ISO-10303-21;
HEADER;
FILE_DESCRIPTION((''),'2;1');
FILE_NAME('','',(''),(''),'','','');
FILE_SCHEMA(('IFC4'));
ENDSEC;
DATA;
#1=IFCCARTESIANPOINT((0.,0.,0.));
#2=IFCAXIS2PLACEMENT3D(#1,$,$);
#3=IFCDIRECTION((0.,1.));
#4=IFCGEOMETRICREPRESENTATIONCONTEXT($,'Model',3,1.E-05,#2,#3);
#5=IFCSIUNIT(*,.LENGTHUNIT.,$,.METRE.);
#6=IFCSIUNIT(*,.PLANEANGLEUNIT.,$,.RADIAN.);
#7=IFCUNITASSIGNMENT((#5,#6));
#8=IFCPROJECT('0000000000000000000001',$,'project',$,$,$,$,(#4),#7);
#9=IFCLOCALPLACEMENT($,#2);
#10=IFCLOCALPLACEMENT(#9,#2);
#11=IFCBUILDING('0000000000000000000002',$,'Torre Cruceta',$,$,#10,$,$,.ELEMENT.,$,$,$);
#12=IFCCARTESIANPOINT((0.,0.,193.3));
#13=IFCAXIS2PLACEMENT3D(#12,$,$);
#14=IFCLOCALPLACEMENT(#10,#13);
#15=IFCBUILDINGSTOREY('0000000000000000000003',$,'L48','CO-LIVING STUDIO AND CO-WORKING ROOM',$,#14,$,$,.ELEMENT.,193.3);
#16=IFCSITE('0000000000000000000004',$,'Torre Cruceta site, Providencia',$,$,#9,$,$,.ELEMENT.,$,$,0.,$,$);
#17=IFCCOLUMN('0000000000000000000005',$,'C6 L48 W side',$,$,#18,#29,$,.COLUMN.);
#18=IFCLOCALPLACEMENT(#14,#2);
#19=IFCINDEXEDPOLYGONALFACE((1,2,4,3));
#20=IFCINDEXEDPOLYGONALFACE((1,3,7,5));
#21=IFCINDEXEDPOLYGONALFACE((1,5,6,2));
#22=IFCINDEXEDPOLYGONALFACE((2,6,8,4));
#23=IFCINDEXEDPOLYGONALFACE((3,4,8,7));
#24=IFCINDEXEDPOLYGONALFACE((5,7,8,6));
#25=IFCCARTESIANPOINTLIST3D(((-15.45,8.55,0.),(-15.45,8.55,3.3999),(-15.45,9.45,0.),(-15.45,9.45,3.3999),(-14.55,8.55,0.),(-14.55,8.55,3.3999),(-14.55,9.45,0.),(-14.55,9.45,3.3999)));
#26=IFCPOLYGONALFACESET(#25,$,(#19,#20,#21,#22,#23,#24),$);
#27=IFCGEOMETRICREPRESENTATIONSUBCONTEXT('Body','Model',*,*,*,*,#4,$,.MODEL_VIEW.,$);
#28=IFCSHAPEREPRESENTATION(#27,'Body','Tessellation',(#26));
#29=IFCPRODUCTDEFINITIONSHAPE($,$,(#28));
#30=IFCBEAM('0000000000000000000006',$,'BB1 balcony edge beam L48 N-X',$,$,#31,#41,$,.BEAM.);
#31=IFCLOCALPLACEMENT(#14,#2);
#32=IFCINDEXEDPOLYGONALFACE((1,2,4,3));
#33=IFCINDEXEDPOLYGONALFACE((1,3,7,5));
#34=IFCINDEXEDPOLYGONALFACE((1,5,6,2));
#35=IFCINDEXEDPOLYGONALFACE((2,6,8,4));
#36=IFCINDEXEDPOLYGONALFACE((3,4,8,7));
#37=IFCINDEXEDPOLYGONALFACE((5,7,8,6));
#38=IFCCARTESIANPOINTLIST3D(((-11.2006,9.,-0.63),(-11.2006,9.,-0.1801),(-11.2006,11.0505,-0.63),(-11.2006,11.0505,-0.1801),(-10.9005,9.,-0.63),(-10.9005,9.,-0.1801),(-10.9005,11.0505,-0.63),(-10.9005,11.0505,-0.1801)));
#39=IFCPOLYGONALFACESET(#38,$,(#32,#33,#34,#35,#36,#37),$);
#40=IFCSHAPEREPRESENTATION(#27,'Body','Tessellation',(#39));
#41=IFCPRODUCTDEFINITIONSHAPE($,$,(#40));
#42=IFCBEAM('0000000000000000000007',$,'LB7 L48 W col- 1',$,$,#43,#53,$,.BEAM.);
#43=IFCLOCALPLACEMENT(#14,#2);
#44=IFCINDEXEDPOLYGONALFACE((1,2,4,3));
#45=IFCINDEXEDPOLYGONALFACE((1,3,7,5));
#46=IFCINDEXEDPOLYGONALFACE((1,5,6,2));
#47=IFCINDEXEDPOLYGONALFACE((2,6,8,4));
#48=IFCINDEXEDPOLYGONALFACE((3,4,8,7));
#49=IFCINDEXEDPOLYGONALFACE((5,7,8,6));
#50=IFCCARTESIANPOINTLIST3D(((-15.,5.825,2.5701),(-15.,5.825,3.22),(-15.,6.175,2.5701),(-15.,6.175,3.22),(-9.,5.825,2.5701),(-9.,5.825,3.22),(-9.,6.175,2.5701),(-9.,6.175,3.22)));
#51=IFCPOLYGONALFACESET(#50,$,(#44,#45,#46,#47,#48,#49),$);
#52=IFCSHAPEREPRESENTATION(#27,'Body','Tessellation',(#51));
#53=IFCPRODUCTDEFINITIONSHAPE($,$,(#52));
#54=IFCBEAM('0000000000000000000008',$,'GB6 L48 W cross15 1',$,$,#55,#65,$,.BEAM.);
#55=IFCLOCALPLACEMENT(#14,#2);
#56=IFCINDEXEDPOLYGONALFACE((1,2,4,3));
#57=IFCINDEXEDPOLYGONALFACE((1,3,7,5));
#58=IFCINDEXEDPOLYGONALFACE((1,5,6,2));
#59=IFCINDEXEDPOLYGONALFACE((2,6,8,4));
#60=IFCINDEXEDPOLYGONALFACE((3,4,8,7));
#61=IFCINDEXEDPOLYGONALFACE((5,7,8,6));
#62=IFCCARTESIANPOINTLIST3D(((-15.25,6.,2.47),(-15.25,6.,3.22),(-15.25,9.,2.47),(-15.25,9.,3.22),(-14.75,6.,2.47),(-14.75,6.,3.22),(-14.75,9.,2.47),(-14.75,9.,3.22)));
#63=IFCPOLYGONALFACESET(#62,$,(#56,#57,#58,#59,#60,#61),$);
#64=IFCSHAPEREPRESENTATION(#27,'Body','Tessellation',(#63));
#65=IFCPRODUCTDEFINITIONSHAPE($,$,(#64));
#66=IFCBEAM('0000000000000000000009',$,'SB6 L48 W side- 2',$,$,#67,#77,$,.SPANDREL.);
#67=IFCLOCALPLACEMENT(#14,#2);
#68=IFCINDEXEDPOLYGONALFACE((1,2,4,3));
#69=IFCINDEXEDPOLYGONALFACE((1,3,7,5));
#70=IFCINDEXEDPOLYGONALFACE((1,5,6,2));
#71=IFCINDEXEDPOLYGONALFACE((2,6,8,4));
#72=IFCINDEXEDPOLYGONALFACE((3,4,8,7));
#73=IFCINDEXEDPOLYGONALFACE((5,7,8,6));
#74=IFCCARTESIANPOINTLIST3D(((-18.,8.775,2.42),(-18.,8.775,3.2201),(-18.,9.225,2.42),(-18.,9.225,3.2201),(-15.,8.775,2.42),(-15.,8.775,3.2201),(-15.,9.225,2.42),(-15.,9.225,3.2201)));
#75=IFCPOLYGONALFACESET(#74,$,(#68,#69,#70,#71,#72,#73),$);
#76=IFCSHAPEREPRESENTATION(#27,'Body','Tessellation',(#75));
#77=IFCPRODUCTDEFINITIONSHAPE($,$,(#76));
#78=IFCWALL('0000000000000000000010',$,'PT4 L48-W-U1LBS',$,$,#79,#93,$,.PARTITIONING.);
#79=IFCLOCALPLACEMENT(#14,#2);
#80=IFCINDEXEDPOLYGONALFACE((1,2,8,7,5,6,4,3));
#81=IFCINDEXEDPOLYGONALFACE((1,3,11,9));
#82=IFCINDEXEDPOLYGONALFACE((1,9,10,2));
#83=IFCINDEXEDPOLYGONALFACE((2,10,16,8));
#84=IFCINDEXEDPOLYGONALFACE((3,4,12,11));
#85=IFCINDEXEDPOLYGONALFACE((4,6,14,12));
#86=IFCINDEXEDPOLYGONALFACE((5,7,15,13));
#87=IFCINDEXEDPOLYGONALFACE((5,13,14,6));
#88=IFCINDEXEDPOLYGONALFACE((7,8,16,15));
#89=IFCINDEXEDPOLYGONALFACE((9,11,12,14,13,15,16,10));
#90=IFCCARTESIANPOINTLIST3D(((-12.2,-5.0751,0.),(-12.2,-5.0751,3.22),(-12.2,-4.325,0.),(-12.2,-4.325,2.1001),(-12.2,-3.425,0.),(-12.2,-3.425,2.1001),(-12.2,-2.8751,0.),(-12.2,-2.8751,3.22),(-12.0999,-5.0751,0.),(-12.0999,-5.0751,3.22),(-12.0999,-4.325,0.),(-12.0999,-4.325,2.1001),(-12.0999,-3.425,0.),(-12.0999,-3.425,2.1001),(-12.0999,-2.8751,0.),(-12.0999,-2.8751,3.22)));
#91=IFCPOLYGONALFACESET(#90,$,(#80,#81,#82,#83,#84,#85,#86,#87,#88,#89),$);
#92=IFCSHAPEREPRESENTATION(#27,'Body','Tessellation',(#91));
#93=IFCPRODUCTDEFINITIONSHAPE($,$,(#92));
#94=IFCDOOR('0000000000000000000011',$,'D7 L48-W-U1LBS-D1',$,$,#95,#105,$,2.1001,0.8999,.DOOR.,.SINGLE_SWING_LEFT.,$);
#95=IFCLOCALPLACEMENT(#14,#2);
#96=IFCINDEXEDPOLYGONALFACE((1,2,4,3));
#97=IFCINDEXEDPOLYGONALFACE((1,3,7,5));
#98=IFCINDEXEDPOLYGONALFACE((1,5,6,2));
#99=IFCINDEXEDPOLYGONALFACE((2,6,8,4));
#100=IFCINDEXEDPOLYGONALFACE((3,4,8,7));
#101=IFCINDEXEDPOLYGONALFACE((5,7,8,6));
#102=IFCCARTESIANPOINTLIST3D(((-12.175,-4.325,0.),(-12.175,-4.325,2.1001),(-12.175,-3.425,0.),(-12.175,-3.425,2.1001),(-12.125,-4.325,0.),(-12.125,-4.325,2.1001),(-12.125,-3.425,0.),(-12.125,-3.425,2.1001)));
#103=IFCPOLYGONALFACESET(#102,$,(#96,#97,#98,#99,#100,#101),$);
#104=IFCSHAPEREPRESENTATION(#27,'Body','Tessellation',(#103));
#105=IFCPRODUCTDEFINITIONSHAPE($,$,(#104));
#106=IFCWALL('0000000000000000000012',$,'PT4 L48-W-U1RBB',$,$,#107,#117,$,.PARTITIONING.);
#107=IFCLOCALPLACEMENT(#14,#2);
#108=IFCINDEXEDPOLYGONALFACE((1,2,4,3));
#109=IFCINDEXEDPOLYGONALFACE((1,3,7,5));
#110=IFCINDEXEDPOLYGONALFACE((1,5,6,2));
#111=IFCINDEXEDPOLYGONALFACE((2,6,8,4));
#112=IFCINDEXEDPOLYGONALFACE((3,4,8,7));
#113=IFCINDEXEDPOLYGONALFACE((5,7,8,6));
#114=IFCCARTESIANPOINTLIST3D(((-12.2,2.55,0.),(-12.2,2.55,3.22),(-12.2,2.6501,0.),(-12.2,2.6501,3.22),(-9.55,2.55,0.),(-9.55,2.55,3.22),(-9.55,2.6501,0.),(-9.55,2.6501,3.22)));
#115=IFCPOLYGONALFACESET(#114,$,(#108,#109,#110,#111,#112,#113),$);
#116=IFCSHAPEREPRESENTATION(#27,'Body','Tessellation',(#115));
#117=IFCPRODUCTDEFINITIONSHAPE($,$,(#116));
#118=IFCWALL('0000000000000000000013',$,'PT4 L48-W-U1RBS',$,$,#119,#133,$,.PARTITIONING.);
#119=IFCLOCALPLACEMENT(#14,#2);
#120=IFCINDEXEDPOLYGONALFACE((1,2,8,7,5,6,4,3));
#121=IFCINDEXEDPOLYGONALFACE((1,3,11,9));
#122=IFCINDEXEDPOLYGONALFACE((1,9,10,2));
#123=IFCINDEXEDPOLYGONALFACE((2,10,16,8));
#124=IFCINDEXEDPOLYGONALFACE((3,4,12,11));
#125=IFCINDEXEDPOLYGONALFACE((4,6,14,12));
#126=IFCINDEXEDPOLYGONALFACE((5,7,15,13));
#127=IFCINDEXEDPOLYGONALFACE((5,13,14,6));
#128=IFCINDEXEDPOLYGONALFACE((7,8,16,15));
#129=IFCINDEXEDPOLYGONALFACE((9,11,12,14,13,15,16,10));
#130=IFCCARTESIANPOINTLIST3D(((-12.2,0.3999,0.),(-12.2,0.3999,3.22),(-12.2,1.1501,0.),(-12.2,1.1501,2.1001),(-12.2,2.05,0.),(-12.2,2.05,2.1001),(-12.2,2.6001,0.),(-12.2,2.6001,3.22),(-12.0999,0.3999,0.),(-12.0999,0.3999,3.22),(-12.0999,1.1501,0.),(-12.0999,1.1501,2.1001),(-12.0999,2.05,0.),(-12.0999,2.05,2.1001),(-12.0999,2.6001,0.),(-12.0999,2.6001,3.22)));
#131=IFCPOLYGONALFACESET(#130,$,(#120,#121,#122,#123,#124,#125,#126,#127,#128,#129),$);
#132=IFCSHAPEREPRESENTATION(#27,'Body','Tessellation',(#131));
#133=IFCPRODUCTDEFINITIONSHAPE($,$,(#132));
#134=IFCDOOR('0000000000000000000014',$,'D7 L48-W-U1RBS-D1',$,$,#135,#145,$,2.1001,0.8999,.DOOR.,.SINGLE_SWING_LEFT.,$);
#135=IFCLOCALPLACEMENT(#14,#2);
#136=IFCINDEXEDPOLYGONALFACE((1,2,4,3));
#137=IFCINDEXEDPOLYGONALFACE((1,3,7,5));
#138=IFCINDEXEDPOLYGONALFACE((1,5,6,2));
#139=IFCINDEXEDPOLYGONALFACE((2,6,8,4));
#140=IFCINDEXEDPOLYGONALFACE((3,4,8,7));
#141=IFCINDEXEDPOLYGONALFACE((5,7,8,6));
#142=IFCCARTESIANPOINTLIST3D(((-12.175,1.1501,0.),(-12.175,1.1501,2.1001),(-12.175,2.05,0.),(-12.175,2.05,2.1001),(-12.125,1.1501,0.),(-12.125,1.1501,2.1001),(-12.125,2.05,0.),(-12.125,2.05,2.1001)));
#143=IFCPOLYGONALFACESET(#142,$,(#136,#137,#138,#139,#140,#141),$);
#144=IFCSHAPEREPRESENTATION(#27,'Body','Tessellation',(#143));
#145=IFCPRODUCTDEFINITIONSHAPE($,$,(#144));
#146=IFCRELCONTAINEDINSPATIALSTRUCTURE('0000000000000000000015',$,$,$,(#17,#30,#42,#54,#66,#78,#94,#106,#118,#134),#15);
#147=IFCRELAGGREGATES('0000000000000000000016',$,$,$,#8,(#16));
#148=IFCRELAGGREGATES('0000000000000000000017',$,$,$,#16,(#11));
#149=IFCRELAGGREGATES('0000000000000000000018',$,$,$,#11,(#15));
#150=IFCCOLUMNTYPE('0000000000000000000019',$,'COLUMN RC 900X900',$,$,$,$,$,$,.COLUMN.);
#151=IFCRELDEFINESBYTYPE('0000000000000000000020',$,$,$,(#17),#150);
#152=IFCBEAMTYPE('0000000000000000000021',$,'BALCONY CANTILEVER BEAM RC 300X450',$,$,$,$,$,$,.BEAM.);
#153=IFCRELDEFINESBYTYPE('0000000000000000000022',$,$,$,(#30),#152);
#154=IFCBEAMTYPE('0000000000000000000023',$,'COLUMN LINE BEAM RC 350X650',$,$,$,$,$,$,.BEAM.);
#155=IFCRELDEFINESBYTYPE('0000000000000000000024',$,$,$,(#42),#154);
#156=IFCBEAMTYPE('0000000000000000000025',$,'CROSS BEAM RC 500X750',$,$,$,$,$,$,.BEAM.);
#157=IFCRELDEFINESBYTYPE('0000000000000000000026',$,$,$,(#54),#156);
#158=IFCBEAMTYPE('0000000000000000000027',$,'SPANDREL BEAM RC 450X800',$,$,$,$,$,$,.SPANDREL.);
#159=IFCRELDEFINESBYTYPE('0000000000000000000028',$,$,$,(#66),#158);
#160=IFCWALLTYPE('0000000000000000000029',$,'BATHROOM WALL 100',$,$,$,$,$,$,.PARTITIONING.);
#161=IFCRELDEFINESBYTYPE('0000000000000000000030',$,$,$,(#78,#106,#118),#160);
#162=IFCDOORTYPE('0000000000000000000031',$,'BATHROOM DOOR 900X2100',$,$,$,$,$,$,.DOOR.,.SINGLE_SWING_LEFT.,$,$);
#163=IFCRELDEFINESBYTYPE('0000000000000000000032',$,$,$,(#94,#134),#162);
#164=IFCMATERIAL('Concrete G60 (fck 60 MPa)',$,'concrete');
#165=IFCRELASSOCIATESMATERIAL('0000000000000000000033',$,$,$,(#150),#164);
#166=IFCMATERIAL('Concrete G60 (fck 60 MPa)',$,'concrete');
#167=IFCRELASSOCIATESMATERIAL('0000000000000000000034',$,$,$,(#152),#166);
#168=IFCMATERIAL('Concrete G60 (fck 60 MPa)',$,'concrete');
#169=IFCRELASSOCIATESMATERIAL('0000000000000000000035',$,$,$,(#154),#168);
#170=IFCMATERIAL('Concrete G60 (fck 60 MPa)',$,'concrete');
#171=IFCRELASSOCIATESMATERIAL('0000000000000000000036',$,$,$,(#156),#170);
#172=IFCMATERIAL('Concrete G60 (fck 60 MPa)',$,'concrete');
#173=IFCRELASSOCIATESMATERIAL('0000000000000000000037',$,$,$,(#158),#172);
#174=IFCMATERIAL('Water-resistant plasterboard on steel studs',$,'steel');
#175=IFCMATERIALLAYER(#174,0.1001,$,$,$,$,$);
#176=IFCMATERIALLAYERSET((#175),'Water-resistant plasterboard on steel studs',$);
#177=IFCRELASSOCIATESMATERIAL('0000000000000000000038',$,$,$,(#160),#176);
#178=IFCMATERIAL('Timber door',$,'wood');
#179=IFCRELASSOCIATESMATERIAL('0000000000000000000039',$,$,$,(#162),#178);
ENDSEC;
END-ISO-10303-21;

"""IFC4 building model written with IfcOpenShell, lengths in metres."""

from ifc_helpers import new_model, si_unit, direction, frame, frame_2d, origin, origin_2d, place, context, subcontext, project, spatial, rectangle, extrude, material, layer, layer_set, material_profile, profile_set, type_object, element, fill, save


model = new_model("IFC4")

# Units and contexts
model_context = context("Model", 3, precision=1e-05, world=origin(), true_north=direction((0.0, 1.0)))
body_context = subcontext(model_context, "Body", "Model", "MODEL_VIEW")
ifc_project = project(units=[si_unit("LENGTHUNIT", "METRE"), si_unit("PLANEANGLEUNIT", "RADIAN")], contexts=[model_context])

# Site, building, storey
site_placement = place(None, origin())
site = spatial("IfcSite", under=ifc_project, at=site_placement, Name="Torre Cruceta site, Providencia", CompositionType="ELEMENT", RefElevation=0.0)
building_placement = place(site_placement, origin())
building = spatial("IfcBuilding", under=site, at=building_placement, Name="Torre Cruceta", CompositionType="ELEMENT")
storey_placement = place(building_placement, frame((0.0, 0.0, 193.3)))
storey = spatial("IfcBuildingStorey", under=building, at=storey_placement, Name="L48", Description="CO-LIVING STUDIO AND CO-WORKING ROOM", CompositionType="ELEMENT", Elevation=193.3)

# Column
ifc_material_1 = material(Name="Concrete G60 (fck 60 MPa)", Category="concrete")
ifc_material_profile_1 = material_profile(ifc_material_1, rectangle(XDim=0.8999, YDim=0.8999, at=origin_2d()), Name="RC 900X900")
ifc_profile_set_1 = profile_set([ifc_material_profile_1], Name="Concrete G60 (fck 60 MPa)")
column_type = type_object("IfcColumnType", Name="COLUMN RC 900X900", PredefinedType="COLUMN", material=ifc_profile_set_1)
column_placement = place(storey_placement, frame((-15.0, 9.0, 0.0), z_axis=(0.0, 0.0, 1.0), x_axis=(1.0, 0.0, 0.0)))
element("IfcColumn", 1, at=column_placement, inside=storey, type_object=column_type, Name="C6 L48 W side", PredefinedType="COLUMN", context=body_context, shape_type="SweptSolid", body=[
    extrude(rectangle(XDim=0.8999, YDim=0.8999, at=origin_2d()), origin(), (0.0, 0.0, 1.0), 3.3999),
])

# Beams
ifc_material_2 = material(Name="Concrete G60 (fck 60 MPa)", Category="concrete")
ifc_material_profile_2 = material_profile(ifc_material_2, rectangle(XDim=0.3, YDim=0.45, at=origin_2d()), Name="RC 300X450")
ifc_profile_set_2 = profile_set([ifc_material_profile_2], Name="Concrete G60 (fck 60 MPa)")
beam_type_1 = type_object("IfcBeamType", Name="BALCONY CANTILEVER BEAM RC 300X450", PredefinedType="BEAM", material=ifc_profile_set_2)
beam_1_placement = place(storey_placement, frame((-11.0505, 9.0, -0.405), z_axis=(0.0, 1.0, 0.0), x_axis=(-1.0, 0.0, 0.0)))
element("IfcBeam", 2, at=beam_1_placement, inside=storey, type_object=beam_type_1, Name="BB1 balcony edge beam L48 N-X", PredefinedType="BEAM", context=body_context, shape_type="SweptSolid", body=[
    extrude(rectangle(XDim=0.3, YDim=0.45, at=origin_2d()), origin(), (0.0, 0.0, 1.0), 2.0505),
])
ifc_material_3 = material(Name="Concrete G60 (fck 60 MPa)", Category="concrete")
ifc_material_profile_3 = material_profile(ifc_material_3, rectangle(XDim=0.3501, YDim=0.6499, at=origin_2d()), Name="RC 350X650")
ifc_profile_set_3 = profile_set([ifc_material_profile_3], Name="Concrete G60 (fck 60 MPa)")
beam_type_2 = type_object("IfcBeamType", Name="COLUMN LINE BEAM RC 350X650", PredefinedType="BEAM", material=ifc_profile_set_3)
beam_2_placement = place(storey_placement, frame((-9.0, 6.0, 2.895), z_axis=(-1.0, 0.0, 0.0), x_axis=(0.0, -1.0, 0.0)))
element("IfcBeam", 3, at=beam_2_placement, inside=storey, type_object=beam_type_2, Name="LB7 L48 W col- 1", PredefinedType="BEAM", context=body_context, shape_type="SweptSolid", body=[
    extrude(rectangle(XDim=0.3501, YDim=0.6499, at=origin_2d()), origin(), (0.0, 0.0, 1.0), 6.0),
])
ifc_material_4 = material(Name="Concrete G60 (fck 60 MPa)", Category="concrete")
ifc_material_profile_4 = material_profile(ifc_material_4, rectangle(XDim=0.5, YDim=0.75, at=origin_2d()), Name="RC 500X750")
ifc_profile_set_4 = profile_set([ifc_material_profile_4], Name="Concrete G60 (fck 60 MPa)")
beam_type_3 = type_object("IfcBeamType", Name="CROSS BEAM RC 500X750", PredefinedType="BEAM", material=ifc_profile_set_4)
beam_3_placement = place(storey_placement, frame((-15.0, 9.0, 2.845), z_axis=(0.0, -1.0, 0.0), x_axis=(1.0, 0.0, 0.0)))
element("IfcBeam", 4, at=beam_3_placement, inside=storey, type_object=beam_type_3, Name="GB6 L48 W cross15 1", PredefinedType="BEAM", context=body_context, shape_type="SweptSolid", body=[
    extrude(rectangle(XDim=0.5, YDim=0.75, at=origin_2d()), origin(), (0.0, 0.0, 1.0), 3.0),
])
ifc_material_5 = material(Name="Concrete G60 (fck 60 MPa)", Category="concrete")
ifc_material_profile_5 = material_profile(ifc_material_5, rectangle(XDim=0.45, YDim=0.8, at=origin_2d()), Name="RC 450X800")
ifc_profile_set_5 = profile_set([ifc_material_profile_5], Name="Concrete G60 (fck 60 MPa)")
beam_type_4 = type_object("IfcBeamType", Name="SPANDREL BEAM RC 450X800", PredefinedType="SPANDREL", material=ifc_profile_set_5)
beam_4_placement = place(storey_placement, frame((-15.0, 9.0, 2.8201), z_axis=(-1.0, 0.0, 0.0), x_axis=(0.0, -1.0, 0.0)))
element("IfcBeam", 5, at=beam_4_placement, inside=storey, type_object=beam_type_4, Name="SB6 L48 W side- 2", PredefinedType="SPANDREL", context=body_context, shape_type="SweptSolid", body=[
    extrude(rectangle(XDim=0.45, YDim=0.8, at=origin_2d()), origin(), (0.0, 0.0, 1.0), 3.0),
])

# Wall, opening, door
ifc_material_6 = material(Name="Water-resistant plasterboard on steel studs", Category="steel")
ifc_layer_1 = layer(ifc_material_6, 0.1001)
ifc_layer_set_1 = layer_set([ifc_layer_1], Name="Water-resistant plasterboard on steel studs")
wall_type_1 = type_object("IfcWallType", Name="BATHROOM WALL 100", PredefinedType="PARTITIONING", material=ifc_layer_set_1)
wall_1_placement = place(storey_placement, frame((-12.1499, -2.875, 0.0), z_axis=(0.0, 0.0, 1.0), x_axis=(0.0, -1.0, 0.0)))
wall_1 = element("IfcWall", 6, at=wall_1_placement, inside=storey, type_object=wall_type_1, Name="PT4 L48-W-U1LBS", PredefinedType="PARTITIONING", context=body_context, shape_type="SweptSolid", body=[
    extrude(rectangle(XDim=2.2, YDim=0.1001, at=frame_2d((1.1001, 0.0))), origin(), (0.0, 0.0, 1.0), 3.22),
])
opening_1_placement = place(wall_1_placement, frame((0.55, 0.0, 0.0)))
opening_1 = element("IfcOpeningElement", 7, at=opening_1_placement, cuts=wall_1, PredefinedType="OPENING", context=body_context, shape_type="SweptSolid", body=[
    extrude(rectangle(XDim=0.8999, YDim=2.1001, at=frame_2d((0.45, 1.05))), frame((0.0, 0.0601, 0.0), z_axis=(0.0, -1.0, 0.0), x_axis=(1.0, 0.0, 0.0)), (0.0, 0.0, 1.0), 0.1201),
])
ifc_material_7 = material(Name="Timber door", Category="wood")
door_type_1 = type_object("IfcDoorType", Name="BATHROOM DOOR 900X2100", OperationType="SINGLE_SWING_LEFT", PredefinedType="DOOR", material=ifc_material_7)
door_1_placement = place(opening_1_placement, origin())
door_1 = element("IfcDoor", 8, at=door_1_placement, inside=storey, type_object=door_type_1, Name="D7 L48-W-U1LBS-D1", OperationType="SINGLE_SWING_LEFT", OverallHeight=2.1001, OverallWidth=0.8999, PredefinedType="DOOR", context=body_context, shape_type="SweptSolid", body=[
    extrude(rectangle(XDim=0.8999, YDim=2.1001, at=frame_2d((0.45, 1.05))), frame((0.0, 0.0249, 0.0), z_axis=(0.0, -1.0, 0.0), x_axis=(1.0, 0.0, 0.0)), (0.0, 0.0, 1.0), 0.05),
])
fill(opening_1, door_1)

# Wall
wall_2_placement = place(storey_placement, frame((-9.55, 2.6001, 0.0), z_axis=(0.0, 0.0, 1.0), x_axis=(-1.0, 0.0, 0.0)))
element("IfcWall", 9, at=wall_2_placement, inside=storey, type_object=wall_type_1, Name="PT4 L48-W-U1RBB", PredefinedType="PARTITIONING", context=body_context, shape_type="SweptSolid", body=[
    extrude(rectangle(XDim=2.6499, YDim=0.1001, at=frame_2d((1.325, 0.0))), origin(), (0.0, 0.0, 1.0), 3.22),
])

# Wall, opening, door
wall_3_placement = place(storey_placement, frame((-12.1499, 2.6001, 0.0), z_axis=(0.0, 0.0, 1.0), x_axis=(0.0, -1.0, 0.0)))
wall_3 = element("IfcWall", 10, at=wall_3_placement, inside=storey, type_object=wall_type_1, Name="PT4 L48-W-U1RBS", PredefinedType="PARTITIONING", context=body_context, shape_type="SweptSolid", body=[
    extrude(rectangle(XDim=2.2002, YDim=0.1001, at=frame_2d((1.1001, 0.0))), origin(), (0.0, 0.0, 1.0), 3.22),
])
opening_2_placement = place(wall_3_placement, frame((0.55, 0.0, 0.0)))
opening_2 = element("IfcOpeningElement", 11, at=opening_2_placement, cuts=wall_3, PredefinedType="OPENING", context=body_context, shape_type="SweptSolid", body=[
    extrude(rectangle(XDim=0.8999, YDim=2.1001, at=frame_2d((0.45, 1.05))), frame((0.0, 0.0601, 0.0), z_axis=(0.0, -1.0, 0.0), x_axis=(1.0, 0.0, 0.0)), (0.0, 0.0, 1.0), 0.1201),
])
door_2_placement = place(opening_2_placement, origin())
door_2 = element("IfcDoor", 12, at=door_2_placement, inside=storey, type_object=door_type_1, Name="D7 L48-W-U1RBS-D1", OperationType="SINGLE_SWING_LEFT", OverallHeight=2.1001, OverallWidth=0.8999, PredefinedType="DOOR", context=body_context, shape_type="SweptSolid", body=[
    extrude(rectangle(XDim=0.8999, YDim=2.1001, at=frame_2d((0.45, 1.05))), frame((0.0, 0.0249, 0.0), z_axis=(0.0, -1.0, 0.0), x_axis=(1.0, 0.0, 0.0)), (0.0, 0.0, 1.0), 0.05),
])
fill(opening_2, door_2)

save(model, "model.ifc")
